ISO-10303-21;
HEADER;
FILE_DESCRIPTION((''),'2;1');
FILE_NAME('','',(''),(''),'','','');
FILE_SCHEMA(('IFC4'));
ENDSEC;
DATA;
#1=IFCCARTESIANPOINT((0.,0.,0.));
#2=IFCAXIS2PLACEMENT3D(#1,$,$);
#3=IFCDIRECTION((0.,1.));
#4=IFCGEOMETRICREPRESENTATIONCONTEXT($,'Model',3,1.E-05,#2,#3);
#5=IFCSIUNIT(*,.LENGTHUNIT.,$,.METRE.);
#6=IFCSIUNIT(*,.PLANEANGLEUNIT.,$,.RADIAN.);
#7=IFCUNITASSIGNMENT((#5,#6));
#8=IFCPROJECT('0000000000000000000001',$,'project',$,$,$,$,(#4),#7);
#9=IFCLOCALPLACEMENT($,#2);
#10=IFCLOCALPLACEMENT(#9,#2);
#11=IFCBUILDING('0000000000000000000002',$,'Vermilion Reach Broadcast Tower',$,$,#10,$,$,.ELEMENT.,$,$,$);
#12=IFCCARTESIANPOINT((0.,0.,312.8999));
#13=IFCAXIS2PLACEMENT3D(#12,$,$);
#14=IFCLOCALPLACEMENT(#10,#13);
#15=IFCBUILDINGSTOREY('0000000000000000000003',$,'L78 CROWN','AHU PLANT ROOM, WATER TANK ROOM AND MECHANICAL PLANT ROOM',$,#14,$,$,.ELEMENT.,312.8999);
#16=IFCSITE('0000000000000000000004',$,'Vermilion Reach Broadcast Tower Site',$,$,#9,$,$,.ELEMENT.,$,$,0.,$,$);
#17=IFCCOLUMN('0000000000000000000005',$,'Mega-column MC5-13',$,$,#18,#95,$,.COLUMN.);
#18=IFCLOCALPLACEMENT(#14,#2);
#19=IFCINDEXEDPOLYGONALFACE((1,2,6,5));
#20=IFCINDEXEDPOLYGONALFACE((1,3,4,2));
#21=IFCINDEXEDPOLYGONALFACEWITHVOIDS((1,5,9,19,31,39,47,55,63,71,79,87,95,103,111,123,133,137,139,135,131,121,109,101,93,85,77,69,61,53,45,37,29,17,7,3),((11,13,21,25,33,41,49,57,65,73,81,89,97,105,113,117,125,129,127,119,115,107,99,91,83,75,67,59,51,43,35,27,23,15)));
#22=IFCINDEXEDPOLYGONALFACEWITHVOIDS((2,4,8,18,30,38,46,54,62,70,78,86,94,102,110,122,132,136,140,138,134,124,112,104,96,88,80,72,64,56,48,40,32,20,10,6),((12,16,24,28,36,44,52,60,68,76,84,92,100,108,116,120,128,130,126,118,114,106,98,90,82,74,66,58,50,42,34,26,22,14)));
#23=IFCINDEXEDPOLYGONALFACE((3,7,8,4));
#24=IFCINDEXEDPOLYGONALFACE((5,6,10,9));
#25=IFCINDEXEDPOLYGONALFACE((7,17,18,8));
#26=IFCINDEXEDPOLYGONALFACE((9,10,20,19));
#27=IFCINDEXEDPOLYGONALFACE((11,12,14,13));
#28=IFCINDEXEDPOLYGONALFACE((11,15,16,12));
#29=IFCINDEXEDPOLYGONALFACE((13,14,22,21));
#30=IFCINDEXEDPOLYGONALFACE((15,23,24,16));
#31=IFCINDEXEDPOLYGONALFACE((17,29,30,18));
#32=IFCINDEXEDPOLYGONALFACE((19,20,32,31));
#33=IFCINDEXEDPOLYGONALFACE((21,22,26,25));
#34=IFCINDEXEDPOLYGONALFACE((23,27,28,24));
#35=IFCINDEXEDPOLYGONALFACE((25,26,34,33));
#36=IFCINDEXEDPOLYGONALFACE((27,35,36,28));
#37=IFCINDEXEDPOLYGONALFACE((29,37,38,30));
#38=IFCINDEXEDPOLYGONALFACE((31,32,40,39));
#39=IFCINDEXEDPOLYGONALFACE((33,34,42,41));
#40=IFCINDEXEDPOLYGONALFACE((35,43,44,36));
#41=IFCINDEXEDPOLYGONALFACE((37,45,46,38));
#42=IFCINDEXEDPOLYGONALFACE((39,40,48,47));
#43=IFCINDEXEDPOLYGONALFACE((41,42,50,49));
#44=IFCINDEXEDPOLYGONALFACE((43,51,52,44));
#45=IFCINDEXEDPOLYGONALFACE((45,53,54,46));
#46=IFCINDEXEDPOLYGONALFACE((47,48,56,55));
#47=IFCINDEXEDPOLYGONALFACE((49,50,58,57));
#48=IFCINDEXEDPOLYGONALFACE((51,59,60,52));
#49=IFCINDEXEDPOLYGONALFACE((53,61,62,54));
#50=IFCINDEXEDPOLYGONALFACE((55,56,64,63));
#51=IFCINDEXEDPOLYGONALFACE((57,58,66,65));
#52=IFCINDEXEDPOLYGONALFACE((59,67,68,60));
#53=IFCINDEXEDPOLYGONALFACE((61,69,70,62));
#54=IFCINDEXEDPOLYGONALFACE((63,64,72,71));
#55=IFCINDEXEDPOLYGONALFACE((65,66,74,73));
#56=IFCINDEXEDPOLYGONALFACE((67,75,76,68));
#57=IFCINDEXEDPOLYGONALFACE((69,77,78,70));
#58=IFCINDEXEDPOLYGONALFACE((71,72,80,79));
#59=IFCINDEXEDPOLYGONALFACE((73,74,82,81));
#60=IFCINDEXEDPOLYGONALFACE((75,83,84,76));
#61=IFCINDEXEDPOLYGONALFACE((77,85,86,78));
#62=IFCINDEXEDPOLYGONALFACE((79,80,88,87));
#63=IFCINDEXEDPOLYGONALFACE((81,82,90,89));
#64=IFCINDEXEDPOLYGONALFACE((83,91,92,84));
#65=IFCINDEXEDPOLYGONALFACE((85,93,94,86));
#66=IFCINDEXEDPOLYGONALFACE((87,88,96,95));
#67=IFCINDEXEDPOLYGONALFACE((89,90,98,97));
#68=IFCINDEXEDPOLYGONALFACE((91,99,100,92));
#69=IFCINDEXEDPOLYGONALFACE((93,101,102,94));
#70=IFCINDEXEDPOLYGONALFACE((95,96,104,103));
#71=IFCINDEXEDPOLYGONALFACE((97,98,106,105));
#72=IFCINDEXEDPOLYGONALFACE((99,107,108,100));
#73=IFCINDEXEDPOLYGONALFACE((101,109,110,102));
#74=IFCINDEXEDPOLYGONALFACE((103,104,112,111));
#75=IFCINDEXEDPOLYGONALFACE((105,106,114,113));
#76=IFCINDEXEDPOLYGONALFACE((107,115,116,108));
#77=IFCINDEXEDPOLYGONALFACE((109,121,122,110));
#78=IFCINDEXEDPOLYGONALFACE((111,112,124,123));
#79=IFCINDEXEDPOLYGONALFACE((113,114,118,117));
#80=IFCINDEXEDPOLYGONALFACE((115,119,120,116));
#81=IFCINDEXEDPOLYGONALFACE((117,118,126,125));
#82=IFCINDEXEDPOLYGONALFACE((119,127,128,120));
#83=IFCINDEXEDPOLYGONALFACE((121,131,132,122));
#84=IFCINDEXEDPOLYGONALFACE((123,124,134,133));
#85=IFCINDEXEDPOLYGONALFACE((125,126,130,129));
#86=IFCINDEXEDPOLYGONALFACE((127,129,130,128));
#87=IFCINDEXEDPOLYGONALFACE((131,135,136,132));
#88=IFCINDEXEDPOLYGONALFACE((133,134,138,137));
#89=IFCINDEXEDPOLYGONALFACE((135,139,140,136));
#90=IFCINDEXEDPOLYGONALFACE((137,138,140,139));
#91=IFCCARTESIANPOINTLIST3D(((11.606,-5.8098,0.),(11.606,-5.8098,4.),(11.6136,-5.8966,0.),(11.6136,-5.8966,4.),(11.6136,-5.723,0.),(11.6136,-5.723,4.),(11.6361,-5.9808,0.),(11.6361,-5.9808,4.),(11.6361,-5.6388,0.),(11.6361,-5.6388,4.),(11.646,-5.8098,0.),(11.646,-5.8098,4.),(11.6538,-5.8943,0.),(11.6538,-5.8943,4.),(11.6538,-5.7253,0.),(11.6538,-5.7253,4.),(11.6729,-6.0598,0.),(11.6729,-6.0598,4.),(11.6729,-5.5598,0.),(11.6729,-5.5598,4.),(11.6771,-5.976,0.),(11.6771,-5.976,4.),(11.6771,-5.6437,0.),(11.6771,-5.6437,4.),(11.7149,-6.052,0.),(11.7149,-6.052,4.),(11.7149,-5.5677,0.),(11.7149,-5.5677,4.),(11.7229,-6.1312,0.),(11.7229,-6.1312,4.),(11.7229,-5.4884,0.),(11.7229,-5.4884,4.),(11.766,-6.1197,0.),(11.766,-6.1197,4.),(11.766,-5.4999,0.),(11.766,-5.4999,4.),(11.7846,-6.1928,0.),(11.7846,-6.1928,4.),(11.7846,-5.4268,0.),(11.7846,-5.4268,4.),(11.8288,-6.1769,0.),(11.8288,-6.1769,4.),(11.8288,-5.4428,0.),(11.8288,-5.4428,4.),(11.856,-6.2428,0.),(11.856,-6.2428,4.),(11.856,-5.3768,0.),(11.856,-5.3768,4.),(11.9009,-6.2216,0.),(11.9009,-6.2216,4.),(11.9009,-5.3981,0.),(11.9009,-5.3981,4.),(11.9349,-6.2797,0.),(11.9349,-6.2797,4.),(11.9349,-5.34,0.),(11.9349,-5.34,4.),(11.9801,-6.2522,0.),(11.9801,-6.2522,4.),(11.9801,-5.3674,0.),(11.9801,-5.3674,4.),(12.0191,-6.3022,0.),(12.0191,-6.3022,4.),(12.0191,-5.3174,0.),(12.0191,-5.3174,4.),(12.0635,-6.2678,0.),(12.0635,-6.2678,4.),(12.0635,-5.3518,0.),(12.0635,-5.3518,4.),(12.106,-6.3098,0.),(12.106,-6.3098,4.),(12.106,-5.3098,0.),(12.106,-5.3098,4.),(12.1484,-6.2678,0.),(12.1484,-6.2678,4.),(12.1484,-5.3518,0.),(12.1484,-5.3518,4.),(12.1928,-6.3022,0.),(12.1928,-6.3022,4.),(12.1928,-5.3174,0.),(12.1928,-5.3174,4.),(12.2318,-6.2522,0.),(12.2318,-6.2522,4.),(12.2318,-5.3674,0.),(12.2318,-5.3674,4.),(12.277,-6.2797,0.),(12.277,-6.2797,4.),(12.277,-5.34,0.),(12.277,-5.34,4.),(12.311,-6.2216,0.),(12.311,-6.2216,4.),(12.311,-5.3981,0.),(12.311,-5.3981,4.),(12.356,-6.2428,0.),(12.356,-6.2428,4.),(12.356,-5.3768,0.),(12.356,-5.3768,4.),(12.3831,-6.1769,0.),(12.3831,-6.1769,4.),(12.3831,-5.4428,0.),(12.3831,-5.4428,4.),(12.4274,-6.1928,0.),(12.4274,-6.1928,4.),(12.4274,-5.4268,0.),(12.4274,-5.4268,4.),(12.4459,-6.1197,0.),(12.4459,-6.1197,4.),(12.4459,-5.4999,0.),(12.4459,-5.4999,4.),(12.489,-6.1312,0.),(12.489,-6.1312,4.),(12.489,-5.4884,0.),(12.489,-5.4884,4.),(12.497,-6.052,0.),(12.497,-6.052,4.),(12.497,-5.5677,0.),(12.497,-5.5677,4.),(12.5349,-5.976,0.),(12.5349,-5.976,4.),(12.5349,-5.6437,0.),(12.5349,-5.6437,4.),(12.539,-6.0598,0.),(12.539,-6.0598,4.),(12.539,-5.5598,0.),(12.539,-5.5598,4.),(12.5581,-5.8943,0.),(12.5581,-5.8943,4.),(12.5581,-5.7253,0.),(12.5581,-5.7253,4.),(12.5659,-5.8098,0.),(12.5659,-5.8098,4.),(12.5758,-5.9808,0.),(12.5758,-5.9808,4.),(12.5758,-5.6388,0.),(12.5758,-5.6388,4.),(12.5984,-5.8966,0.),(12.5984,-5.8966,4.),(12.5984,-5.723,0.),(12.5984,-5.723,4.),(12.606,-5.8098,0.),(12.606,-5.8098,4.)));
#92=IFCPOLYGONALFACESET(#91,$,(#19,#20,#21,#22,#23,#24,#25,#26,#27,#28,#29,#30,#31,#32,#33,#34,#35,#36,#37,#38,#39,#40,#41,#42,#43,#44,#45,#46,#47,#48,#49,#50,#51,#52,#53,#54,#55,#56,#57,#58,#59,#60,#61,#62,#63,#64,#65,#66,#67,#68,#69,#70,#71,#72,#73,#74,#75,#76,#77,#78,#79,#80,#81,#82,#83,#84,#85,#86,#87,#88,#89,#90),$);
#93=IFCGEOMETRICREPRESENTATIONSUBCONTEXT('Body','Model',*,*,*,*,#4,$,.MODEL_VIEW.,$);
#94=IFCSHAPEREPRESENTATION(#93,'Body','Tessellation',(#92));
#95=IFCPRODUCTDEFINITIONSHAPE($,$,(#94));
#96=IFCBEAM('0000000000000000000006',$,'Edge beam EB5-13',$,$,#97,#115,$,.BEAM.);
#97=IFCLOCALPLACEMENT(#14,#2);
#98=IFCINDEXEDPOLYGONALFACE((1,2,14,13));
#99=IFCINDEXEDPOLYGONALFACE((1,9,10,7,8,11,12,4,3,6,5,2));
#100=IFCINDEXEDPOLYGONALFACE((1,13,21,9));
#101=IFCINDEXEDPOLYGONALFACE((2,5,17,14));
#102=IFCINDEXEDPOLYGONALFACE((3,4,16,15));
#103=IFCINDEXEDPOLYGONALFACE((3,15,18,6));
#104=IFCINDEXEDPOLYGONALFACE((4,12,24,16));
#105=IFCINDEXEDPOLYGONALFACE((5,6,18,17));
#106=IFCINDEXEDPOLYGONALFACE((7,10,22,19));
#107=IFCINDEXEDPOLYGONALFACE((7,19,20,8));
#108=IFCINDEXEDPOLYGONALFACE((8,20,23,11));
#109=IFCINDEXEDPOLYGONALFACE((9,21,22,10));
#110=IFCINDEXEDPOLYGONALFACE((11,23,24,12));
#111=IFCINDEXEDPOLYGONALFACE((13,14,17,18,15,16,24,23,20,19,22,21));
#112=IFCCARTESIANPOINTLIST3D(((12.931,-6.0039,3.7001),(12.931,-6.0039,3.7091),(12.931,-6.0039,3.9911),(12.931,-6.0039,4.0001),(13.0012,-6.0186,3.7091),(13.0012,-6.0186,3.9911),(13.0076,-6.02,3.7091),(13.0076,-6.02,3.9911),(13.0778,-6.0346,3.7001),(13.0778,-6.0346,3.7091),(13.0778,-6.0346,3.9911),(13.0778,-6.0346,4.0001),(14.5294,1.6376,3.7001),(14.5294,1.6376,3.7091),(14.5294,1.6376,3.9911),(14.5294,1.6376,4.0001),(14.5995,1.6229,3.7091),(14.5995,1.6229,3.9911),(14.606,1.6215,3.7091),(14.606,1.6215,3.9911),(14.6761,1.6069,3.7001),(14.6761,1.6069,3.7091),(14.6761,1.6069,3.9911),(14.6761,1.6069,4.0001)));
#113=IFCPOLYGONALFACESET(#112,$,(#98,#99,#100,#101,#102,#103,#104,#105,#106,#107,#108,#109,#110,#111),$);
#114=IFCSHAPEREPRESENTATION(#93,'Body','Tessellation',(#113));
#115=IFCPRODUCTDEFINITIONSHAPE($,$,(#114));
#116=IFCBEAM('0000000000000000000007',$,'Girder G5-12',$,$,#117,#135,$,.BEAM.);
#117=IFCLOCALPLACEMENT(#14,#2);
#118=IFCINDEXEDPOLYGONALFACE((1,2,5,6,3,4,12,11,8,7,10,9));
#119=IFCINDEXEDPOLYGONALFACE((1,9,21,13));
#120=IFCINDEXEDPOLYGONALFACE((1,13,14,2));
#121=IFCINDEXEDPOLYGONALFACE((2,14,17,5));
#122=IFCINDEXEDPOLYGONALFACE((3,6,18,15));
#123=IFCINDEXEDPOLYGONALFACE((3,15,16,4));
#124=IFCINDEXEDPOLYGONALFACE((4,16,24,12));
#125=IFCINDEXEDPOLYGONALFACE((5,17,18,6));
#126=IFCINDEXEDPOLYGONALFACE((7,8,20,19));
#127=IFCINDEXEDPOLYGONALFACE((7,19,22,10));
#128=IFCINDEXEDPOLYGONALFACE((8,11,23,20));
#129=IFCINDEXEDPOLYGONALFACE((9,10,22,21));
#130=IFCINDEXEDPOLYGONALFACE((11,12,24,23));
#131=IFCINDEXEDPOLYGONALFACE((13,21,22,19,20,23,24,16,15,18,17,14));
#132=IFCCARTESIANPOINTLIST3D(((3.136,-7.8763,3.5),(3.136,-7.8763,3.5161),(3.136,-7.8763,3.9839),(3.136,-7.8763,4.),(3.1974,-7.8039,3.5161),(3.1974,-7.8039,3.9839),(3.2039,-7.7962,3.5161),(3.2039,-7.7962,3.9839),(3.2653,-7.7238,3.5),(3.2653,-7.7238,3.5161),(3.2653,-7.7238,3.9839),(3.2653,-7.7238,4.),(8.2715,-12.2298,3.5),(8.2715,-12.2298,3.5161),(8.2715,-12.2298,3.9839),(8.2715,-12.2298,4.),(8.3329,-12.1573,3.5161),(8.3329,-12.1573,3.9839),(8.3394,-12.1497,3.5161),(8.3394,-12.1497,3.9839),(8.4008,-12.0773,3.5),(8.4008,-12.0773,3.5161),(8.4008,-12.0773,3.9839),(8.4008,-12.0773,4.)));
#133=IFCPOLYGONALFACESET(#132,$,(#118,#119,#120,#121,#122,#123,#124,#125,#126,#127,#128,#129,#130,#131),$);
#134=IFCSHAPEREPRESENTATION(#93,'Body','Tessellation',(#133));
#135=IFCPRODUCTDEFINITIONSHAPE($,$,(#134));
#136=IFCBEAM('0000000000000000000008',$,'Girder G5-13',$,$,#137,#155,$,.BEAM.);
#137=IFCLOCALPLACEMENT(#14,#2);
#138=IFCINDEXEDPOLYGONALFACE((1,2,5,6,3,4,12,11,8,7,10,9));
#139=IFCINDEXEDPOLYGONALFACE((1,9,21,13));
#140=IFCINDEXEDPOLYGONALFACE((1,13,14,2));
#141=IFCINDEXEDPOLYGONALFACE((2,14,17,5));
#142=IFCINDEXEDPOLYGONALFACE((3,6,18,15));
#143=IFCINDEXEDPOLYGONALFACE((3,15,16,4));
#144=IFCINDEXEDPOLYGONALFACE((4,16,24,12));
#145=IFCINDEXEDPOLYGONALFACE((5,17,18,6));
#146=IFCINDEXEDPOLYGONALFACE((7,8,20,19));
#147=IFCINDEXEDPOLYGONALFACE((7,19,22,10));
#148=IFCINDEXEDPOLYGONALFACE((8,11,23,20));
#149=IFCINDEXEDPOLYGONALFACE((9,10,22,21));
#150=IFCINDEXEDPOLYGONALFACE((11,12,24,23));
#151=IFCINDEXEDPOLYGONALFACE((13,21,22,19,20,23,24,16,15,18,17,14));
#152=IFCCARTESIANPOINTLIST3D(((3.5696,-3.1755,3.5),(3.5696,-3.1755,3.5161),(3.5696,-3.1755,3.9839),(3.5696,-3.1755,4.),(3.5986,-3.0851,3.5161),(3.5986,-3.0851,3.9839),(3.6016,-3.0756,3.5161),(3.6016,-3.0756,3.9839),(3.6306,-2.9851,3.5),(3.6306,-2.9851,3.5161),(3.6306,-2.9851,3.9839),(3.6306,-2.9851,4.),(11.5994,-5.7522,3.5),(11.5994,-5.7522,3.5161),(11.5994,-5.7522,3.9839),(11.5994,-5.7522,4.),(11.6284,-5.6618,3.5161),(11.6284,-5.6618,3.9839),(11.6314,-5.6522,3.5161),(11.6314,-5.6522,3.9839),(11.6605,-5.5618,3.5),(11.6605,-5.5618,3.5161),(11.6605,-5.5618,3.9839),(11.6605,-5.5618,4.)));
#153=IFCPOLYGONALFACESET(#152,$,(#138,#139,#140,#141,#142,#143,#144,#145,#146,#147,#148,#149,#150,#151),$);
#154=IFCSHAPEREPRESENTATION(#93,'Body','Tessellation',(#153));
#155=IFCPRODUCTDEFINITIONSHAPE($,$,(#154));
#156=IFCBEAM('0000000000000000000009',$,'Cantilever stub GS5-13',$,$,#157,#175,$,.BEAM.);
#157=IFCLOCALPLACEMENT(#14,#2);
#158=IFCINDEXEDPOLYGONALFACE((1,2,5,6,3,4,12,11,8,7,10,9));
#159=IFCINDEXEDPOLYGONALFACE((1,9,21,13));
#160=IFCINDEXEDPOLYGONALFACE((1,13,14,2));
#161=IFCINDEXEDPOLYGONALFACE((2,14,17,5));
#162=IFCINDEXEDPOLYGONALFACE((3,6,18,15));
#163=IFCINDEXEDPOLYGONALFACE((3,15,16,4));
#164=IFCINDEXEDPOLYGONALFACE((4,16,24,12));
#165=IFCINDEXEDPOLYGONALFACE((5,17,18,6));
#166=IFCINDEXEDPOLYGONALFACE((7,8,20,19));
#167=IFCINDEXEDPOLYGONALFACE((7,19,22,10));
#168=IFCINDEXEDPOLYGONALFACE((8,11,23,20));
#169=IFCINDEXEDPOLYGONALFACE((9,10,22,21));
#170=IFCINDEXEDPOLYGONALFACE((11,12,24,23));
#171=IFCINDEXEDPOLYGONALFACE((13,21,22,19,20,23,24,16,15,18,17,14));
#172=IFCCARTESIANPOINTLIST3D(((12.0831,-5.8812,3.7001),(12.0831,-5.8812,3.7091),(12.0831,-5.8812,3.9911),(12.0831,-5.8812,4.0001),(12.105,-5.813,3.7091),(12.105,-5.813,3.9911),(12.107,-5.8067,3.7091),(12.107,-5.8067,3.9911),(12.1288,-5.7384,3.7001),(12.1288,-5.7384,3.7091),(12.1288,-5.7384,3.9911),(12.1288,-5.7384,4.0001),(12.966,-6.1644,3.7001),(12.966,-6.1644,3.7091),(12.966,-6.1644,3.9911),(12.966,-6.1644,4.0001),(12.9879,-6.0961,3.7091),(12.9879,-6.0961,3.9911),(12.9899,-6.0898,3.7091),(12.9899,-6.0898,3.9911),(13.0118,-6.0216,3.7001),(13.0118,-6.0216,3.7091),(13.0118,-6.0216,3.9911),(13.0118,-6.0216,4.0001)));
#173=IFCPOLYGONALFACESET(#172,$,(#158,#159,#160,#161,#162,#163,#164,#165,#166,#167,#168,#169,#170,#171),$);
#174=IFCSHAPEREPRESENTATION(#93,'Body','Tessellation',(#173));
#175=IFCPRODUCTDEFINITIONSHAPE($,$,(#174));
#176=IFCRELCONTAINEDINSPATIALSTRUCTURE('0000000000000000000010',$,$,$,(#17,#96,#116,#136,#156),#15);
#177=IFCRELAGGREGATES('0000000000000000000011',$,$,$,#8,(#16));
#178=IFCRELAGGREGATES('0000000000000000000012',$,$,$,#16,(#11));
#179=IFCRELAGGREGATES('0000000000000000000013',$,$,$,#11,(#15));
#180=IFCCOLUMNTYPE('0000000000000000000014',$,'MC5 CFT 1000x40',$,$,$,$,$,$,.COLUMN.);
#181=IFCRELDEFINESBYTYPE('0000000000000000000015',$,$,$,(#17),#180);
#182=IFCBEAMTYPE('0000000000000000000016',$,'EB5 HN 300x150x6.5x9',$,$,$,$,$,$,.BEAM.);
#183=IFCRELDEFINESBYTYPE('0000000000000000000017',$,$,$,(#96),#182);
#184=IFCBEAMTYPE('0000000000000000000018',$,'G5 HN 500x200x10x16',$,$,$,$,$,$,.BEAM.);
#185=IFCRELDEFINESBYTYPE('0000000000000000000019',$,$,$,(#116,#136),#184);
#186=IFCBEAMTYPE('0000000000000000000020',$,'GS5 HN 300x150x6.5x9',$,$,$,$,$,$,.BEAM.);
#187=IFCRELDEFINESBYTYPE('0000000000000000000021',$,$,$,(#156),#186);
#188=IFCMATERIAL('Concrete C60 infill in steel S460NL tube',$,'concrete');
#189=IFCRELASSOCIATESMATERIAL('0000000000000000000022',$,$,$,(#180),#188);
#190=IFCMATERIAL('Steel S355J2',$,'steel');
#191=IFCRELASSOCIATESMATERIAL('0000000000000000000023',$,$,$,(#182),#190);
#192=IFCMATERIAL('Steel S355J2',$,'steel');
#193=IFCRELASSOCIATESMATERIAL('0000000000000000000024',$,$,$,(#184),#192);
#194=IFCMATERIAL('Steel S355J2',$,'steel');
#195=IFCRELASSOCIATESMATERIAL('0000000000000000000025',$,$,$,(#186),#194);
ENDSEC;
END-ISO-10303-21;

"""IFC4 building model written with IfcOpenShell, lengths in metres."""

from ifc_helpers import new_model, si_unit, direction, frame, origin, origin_2d, place, context, subcontext, project, spatial, hollow_circle, i_section, extrude, material, material_profile, profile_set, type_object, element, save


model = new_model("IFC4")

# Units and contexts
model_context = context("Model", 3, precision=1e-05, world=origin(), true_north=direction((0.0, 1.0)))
body_context = subcontext(model_context, "Body", "Model", "MODEL_VIEW")
ifc_project = project(units=[si_unit("LENGTHUNIT", "METRE"), si_unit("PLANEANGLEUNIT", "RADIAN")], contexts=[model_context])

# Site, building, storey
site_placement = place(None, origin())
site = spatial("IfcSite", under=ifc_project, at=site_placement, Name="Vermilion Reach Broadcast Tower Site", CompositionType="ELEMENT", RefElevation=0.0)
building_placement = place(site_placement, origin())
building = spatial("IfcBuilding", under=site, at=building_placement, Name="Vermilion Reach Broadcast Tower", CompositionType="ELEMENT")
storey_placement = place(building_placement, frame((0.0, 0.0, 312.8999)))
storey = spatial("IfcBuildingStorey", under=building, at=storey_placement, Name="L78 CROWN", Description="AHU PLANT ROOM, WATER TANK ROOM AND MECHANICAL PLANT ROOM", CompositionType="ELEMENT", Elevation=312.8999)

# Column
ifc_material_1 = material(Name="Concrete C60 infill in steel S460NL tube", Category="concrete")
ifc_material_profile_1 = material_profile(ifc_material_1, hollow_circle(Radius=0.5, WallThickness=0.04, at=origin_2d()), Name="Concrete C60 infill in steel S460NL tube CFT 1000x40")
ifc_profile_set_1 = profile_set([ifc_material_profile_1], Name="Concrete C60 infill in steel S460NL tube")
column_type = type_object("IfcColumnType", Name="MC5 CFT 1000x40", PredefinedType="COLUMN", material=ifc_profile_set_1)
column_placement = place(storey_placement, frame((12.106, -5.8098, 0.0), z_axis=(0.0, 0.0, 1.0), x_axis=(1.0, 0.0, 0.0)))
element("IfcColumn", 1, at=column_placement, inside=storey, type_object=column_type, Name="Mega-column MC5-13", PredefinedType="COLUMN", context=body_context, shape_type="SweptSolid", body=[
    extrude(hollow_circle(Radius=0.5, WallThickness=0.04, at=origin_2d()), origin(), (0.0, 0.0, 1.0), 4.0),
])

# Beams
ifc_material_2 = material(Name="Steel S355J2", Category="steel")
ifc_material_profile_2 = material_profile(ifc_material_2, i_section(OverallWidth=0.1499, OverallDepth=0.3, WebThickness=0.0066, FlangeThickness=0.009, at=origin_2d()), Name="S355J2 HN 300x150x6.5x9")
ifc_profile_set_2 = profile_set([ifc_material_profile_2], Name="Steel S355J2")
beam_type_1 = type_object("IfcBeamType", Name="EB5 HN 300x150x6.5x9", PredefinedType="BEAM", material=ifc_profile_set_2)
beam_1_placement = place(storey_placement, frame((13.0044, -6.0193, 3.8501), z_axis=(0.204738, 0.978817, 0.0), x_axis=(-0.978817, 0.204738, 0.0)))
element("IfcBeam", 2, at=beam_1_placement, inside=storey, type_object=beam_type_1, Name="Edge beam EB5-13", PredefinedType="BEAM", context=body_context, shape_type="SweptSolid", body=[
    extrude(i_section(OverallWidth=0.1499, OverallDepth=0.3, WebThickness=0.0066, FlangeThickness=0.009, at=origin_2d()), origin(), (0.0, 0.0, 1.0), 7.8069),
])
ifc_material_3 = material(Name="Steel S355J2", Category="steel")
ifc_material_profile_3 = material_profile(ifc_material_3, i_section(OverallWidth=0.2, OverallDepth=0.5, WebThickness=0.01, FlangeThickness=0.0161, at=origin_2d()), Name="S355J2 HN 500x200x10x16")
ifc_profile_set_3 = profile_set([ifc_material_profile_3], Name="Steel S355J2")
beam_type_2 = type_object("IfcBeamType", Name="G5 HN 500x200x10x16", PredefinedType="BEAM", material=ifc_profile_set_3)
beam_2_placement = place(storey_placement, frame((3.2007, -7.8, 3.75), z_axis=(0.762793, -0.646643, 0.0), x_axis=(0.646643, 0.762793, 0.0)))
element("IfcBeam", 3, at=beam_2_placement, inside=storey, type_object=beam_type_2, Name="Girder G5-12", PredefinedType="BEAM", context=body_context, shape_type="SweptSolid", body=[
    extrude(i_section(OverallWidth=0.2, OverallDepth=0.5, WebThickness=0.01, FlangeThickness=0.0161, at=origin_2d()), origin(), (0.0, 0.0, 1.0), 6.7324),
])
beam_3_placement = place(storey_placement, frame((3.6001, -3.0803, 3.75), z_axis=(0.952178, -0.305542, 0.0), x_axis=(0.305542, 0.952178, 0.0)))
element("IfcBeam", 4, at=beam_3_placement, inside=storey, type_object=beam_type_2, Name="Girder G5-13", PredefinedType="BEAM", context=body_context, shape_type="SweptSolid", body=[
    extrude(i_section(OverallWidth=0.2, OverallDepth=0.5, WebThickness=0.01, FlangeThickness=0.0161, at=origin_2d()), origin(), (0.0, 0.0, 1.0), 8.4331),
])
ifc_material_4 = material(Name="Steel S355J2", Category="steel")
ifc_material_profile_4 = material_profile(ifc_material_4, i_section(OverallWidth=0.1499, OverallDepth=0.3, WebThickness=0.0066, FlangeThickness=0.009, at=origin_2d()), Name="S355J2 HN 300x150x6.5x9")
ifc_profile_set_4 = profile_set([ifc_material_profile_4], Name="Steel S355J2")
beam_type_3 = type_object("IfcBeamType", Name="GS5 HN 300x150x6.5x9", PredefinedType="BEAM", material=ifc_profile_set_4)
beam_4_placement = place(storey_placement, frame((12.106, -5.8098, 3.8501), z_axis=(0.952228, -0.305387, 0.0), x_axis=(0.305387, 0.952228, 0.0)))
element("IfcBeam", 5, at=beam_4_placement, inside=storey, type_object=beam_type_3, Name="Cantilever stub GS5-13", PredefinedType="BEAM", context=body_context, shape_type="SweptSolid", body=[
    extrude(i_section(OverallWidth=0.1499, OverallDepth=0.3, WebThickness=0.0066, FlangeThickness=0.009, at=origin_2d()), origin(), (0.0, 0.0, 1.0), 0.9272),
])

save(model, "model.ifc")
